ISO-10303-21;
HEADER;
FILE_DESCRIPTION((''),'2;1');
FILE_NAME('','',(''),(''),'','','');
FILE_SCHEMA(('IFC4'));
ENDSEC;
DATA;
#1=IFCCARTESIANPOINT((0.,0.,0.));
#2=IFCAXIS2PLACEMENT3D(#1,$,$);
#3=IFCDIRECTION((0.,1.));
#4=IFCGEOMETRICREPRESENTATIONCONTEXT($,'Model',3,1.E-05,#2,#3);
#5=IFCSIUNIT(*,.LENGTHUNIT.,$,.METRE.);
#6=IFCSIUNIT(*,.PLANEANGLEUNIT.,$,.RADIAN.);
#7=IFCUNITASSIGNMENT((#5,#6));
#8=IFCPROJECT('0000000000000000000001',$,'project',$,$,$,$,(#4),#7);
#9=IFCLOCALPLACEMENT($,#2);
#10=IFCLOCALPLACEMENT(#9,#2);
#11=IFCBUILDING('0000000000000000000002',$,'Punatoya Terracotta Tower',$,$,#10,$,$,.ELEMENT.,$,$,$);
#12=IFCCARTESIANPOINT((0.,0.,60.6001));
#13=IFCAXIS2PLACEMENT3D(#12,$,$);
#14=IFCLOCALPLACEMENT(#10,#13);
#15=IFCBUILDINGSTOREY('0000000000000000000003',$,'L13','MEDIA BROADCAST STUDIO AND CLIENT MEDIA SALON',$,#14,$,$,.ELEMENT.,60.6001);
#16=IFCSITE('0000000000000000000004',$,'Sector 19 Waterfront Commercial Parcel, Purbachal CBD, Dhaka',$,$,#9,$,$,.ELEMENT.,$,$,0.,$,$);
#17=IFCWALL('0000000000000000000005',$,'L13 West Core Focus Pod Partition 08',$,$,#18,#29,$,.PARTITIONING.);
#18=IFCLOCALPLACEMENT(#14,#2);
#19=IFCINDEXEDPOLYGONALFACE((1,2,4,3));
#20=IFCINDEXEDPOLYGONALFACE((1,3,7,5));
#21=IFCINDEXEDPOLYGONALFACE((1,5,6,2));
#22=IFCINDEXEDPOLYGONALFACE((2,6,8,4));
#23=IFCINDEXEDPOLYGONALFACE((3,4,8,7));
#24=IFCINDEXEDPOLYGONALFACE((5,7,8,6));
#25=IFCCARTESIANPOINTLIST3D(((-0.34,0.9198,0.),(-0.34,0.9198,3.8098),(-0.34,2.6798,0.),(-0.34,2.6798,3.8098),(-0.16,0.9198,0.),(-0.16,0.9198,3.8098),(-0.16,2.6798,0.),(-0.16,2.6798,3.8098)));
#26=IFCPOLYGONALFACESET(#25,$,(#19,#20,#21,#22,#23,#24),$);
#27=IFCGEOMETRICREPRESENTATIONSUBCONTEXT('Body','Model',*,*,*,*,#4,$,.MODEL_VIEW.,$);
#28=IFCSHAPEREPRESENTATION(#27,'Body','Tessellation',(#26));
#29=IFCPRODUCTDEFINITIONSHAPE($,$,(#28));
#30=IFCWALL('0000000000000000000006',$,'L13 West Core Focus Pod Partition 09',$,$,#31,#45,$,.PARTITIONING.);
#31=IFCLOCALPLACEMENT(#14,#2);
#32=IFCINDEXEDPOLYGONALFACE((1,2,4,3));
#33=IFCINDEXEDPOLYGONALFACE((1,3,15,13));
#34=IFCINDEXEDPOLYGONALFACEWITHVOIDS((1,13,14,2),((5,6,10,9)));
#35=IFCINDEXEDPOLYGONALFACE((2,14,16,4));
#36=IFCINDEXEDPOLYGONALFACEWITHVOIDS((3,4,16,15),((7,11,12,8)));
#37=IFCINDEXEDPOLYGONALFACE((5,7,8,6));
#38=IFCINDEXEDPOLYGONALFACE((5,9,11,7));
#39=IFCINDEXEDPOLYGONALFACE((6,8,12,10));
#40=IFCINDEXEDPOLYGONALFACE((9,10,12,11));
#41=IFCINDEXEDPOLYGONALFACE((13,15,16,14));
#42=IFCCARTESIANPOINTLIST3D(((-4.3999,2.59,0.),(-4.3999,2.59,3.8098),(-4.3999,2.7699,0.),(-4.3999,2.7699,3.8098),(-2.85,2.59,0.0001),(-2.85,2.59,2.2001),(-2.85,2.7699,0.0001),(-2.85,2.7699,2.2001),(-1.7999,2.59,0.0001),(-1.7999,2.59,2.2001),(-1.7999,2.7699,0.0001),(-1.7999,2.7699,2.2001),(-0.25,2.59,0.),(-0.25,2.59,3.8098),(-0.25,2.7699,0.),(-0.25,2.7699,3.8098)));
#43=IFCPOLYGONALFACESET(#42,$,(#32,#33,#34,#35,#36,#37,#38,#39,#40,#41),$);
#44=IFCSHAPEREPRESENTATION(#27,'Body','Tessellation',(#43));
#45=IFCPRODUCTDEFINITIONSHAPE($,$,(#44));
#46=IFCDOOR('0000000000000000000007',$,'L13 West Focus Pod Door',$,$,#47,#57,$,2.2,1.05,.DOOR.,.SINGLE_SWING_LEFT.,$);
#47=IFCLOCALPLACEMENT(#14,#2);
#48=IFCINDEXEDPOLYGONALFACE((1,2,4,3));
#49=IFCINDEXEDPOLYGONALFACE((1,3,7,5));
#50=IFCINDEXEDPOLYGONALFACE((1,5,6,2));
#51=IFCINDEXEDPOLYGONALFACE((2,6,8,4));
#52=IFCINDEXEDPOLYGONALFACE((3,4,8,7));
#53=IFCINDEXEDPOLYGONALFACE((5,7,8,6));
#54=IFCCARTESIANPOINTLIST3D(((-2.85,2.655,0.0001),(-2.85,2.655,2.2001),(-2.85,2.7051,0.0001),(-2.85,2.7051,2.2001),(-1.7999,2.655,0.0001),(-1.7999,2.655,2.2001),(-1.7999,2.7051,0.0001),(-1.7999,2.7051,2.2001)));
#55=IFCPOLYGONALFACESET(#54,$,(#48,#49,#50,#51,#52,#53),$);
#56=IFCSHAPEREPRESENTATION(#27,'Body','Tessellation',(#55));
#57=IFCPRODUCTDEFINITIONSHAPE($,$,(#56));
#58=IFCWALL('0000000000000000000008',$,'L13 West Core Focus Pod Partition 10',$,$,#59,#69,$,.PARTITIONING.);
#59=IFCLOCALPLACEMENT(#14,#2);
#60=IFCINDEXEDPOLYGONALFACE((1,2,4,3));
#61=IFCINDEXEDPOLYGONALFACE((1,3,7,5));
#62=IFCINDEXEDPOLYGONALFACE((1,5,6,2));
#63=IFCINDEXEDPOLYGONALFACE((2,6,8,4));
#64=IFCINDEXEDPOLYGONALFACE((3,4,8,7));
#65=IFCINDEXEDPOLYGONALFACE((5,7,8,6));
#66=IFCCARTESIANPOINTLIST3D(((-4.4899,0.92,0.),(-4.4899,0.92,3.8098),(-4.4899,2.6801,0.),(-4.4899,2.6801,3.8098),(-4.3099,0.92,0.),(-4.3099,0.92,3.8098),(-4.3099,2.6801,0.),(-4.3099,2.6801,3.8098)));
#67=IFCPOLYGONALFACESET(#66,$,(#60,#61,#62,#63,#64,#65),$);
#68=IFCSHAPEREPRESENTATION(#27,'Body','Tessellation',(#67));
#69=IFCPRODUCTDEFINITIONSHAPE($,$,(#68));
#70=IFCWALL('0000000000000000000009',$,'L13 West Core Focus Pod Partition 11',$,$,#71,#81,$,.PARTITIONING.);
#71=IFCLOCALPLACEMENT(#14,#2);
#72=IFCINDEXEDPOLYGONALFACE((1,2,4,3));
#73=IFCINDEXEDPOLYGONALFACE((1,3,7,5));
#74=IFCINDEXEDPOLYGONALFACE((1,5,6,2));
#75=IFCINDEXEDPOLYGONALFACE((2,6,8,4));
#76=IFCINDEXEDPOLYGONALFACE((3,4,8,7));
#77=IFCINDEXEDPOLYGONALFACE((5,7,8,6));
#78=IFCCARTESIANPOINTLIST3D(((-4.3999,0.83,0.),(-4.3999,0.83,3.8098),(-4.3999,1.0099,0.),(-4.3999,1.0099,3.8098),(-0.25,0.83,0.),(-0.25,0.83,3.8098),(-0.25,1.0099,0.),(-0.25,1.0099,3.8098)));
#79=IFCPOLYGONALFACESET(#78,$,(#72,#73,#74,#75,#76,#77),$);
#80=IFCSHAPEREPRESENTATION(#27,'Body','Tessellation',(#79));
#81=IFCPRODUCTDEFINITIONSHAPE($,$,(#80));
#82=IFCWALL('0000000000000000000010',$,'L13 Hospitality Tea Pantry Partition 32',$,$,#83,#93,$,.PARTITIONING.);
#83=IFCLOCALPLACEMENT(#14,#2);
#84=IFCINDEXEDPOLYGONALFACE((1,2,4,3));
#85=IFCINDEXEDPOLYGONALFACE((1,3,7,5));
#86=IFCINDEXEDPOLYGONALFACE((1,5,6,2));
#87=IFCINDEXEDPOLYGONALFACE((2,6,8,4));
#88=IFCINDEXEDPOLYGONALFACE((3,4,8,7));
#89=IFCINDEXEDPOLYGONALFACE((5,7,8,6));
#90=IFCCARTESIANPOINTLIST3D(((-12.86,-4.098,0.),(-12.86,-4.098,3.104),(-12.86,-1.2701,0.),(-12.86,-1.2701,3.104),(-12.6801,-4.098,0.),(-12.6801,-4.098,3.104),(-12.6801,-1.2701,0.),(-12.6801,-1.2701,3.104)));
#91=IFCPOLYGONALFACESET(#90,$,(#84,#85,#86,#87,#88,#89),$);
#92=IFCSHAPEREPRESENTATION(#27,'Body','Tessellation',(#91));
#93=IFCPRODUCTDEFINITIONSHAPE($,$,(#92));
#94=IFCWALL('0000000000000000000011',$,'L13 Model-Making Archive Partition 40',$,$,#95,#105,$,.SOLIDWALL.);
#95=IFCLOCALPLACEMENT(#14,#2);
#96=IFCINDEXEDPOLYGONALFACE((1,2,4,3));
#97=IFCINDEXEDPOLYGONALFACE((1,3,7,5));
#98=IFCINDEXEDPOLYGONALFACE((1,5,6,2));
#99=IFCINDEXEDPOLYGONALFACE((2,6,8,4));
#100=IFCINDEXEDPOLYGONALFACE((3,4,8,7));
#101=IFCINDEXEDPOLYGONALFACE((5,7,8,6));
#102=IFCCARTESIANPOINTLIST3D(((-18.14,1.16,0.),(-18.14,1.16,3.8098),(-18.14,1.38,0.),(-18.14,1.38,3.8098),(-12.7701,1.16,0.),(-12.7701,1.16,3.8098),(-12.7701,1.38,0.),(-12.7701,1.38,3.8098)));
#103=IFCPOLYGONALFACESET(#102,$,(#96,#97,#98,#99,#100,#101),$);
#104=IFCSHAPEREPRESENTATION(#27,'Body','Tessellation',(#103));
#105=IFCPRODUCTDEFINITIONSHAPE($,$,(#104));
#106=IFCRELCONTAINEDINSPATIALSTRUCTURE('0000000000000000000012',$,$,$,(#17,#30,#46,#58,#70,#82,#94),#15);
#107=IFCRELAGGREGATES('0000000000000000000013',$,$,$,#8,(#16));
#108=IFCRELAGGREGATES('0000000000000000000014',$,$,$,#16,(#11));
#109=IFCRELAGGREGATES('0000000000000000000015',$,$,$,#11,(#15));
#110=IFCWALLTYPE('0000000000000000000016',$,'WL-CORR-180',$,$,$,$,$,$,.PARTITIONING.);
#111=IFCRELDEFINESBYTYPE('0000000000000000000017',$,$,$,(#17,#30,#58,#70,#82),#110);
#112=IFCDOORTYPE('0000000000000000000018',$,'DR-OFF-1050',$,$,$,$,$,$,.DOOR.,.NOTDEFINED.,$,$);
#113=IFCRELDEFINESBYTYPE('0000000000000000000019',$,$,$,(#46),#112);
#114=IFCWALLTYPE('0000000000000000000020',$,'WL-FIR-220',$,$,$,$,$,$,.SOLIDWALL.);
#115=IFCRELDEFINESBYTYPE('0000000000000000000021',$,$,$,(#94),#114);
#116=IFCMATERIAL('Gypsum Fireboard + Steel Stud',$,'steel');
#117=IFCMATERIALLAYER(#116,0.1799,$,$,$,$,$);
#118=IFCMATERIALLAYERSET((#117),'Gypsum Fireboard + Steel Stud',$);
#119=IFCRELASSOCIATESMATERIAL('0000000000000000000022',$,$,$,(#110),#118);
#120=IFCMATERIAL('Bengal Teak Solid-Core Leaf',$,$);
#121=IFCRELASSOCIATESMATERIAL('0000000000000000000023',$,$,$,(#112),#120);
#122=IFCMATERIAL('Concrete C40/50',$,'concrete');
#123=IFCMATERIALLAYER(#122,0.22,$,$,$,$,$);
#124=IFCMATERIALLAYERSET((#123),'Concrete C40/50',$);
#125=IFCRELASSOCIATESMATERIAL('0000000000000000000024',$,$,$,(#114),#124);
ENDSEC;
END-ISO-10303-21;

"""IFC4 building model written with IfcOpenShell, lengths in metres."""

from ifc_helpers import new_model, si_unit, direction, frame, frame_2d, origin, place, context, subcontext, project, spatial, rectangle, extrude, material, layer, layer_set, type_object, element, fill, save


model = new_model("IFC4")

# Units and contexts
model_context = context("Model", 3, precision=1e-05, world=origin(), true_north=direction((0.0, 1.0)))
body_context = subcontext(model_context, "Body", "Model", "MODEL_VIEW")
ifc_project = project(units=[si_unit("LENGTHUNIT", "METRE"), si_unit("PLANEANGLEUNIT", "RADIAN")], contexts=[model_context])

# Site, building, storey
site_placement = place(None, origin())
site = spatial("IfcSite", under=ifc_project, at=site_placement, Name="Sector 19 Waterfront Commercial Parcel, Purbachal CBD, Dhaka", CompositionType="ELEMENT", RefElevation=0.0)
building_placement = place(site_placement, origin())
building = spatial("IfcBuilding", under=site, at=building_placement, Name="Punatoya Terracotta Tower", CompositionType="ELEMENT")
storey_placement = place(building_placement, frame((0.0, 0.0, 60.6001)))
storey = spatial("IfcBuildingStorey", under=building, at=storey_placement, Name="L13", Description="MEDIA BROADCAST STUDIO AND CLIENT MEDIA SALON", CompositionType="ELEMENT", Elevation=60.6001)

# Shared definitions
ifc_material_1 = material(Name="Concrete C40/50", Category="concrete")

# Wall
ifc_material_2 = material(Name="Gypsum Fireboard + Steel Stud", Category="steel")
ifc_layer_1 = layer(ifc_material_2, 0.1799)
ifc_layer_set_1 = layer_set([ifc_layer_1], Name="Gypsum Fireboard + Steel Stud")
wall_type_1 = type_object("IfcWallType", Name="WL-CORR-180", PredefinedType="PARTITIONING", material=ifc_layer_set_1)
wall_1_placement = place(storey_placement, frame((-0.25, 0.9199, 0.0), z_axis=(0.0, 0.0, 1.0), x_axis=(0.0, 1.0, 0.0)))
element("IfcWall", 1, at=wall_1_placement, inside=storey, type_object=wall_type_1, Name="L13 West Core Focus Pod Partition 08", PredefinedType="PARTITIONING", context=body_context, shape_type="SweptSolid", body=[
    extrude(rectangle(XDim=1.76, YDim=0.1799, at=frame_2d((0.8799, 0.0))), origin(), (0.0, 0.0, 1.0), 3.8098),
])

# Wall, opening, door
wall_2_placement = place(storey_placement, frame((-0.25, 2.6799, 0.0), z_axis=(0.0, 0.0, 1.0), x_axis=(-1.0, 0.0, 0.0)))
wall_2 = element("IfcWall", 2, at=wall_2_placement, inside=storey, type_object=wall_type_1, Name="L13 West Core Focus Pod Partition 09", PredefinedType="PARTITIONING", context=body_context, shape_type="SweptSolid", body=[
    extrude(rectangle(XDim=4.1499, YDim=0.1799, at=frame_2d((2.075, 0.0))), origin(), (0.0, 0.0, 1.0), 3.8098),
])
opening_1_placement = place(wall_2_placement, frame((1.55, 0.0, 0.0)))
opening_1 = element("IfcOpeningElement", 3, at=opening_1_placement, cuts=wall_2, PredefinedType="OPENING", context=body_context, shape_type="SweptSolid", body=[
    extrude(rectangle(XDim=1.05, YDim=2.2, at=frame_2d((0.5249, 1.1001))), frame((0.0, 0.0999, 0.0), z_axis=(0.0, -1.0, 0.0), x_axis=(1.0, 0.0, 0.0)), (0.0, 0.0, 1.0), 0.2),
])
ifc_material_3 = material(Name="Bengal Teak Solid-Core Leaf")
door_type_1 = type_object("IfcDoorType", Name="DR-OFF-1050", OperationType="NOTDEFINED", PredefinedType="DOOR", material=ifc_material_3)
door_1_placement = place(opening_1_placement, origin())
door_1 = element("IfcDoor", 4, at=door_1_placement, inside=storey, type_object=door_type_1, Name="L13 West Focus Pod Door", OperationType="SINGLE_SWING_LEFT", OverallHeight=2.2, OverallWidth=1.05, PredefinedType="DOOR", context=body_context, shape_type="SweptSolid", body=[
    extrude(rectangle(XDim=1.05, YDim=2.2, at=frame_2d((0.5249, 1.1001))), frame((0.0, 0.0249, 0.0), z_axis=(0.0, -1.0, 0.0), x_axis=(1.0, 0.0, 0.0)), (0.0, 0.0, 1.0), 0.05),
])
fill(opening_1, door_1)

# Walls
wall_3_placement = place(storey_placement, frame((-4.3999, 2.6799, 0.0), z_axis=(0.0, 0.0, 1.0), x_axis=(0.0, -1.0, 0.0)))
element("IfcWall", 5, at=wall_3_placement, inside=storey, type_object=wall_type_1, Name="L13 West Core Focus Pod Partition 10", PredefinedType="PARTITIONING", context=body_context, shape_type="SweptSolid", body=[
    extrude(rectangle(XDim=1.76, YDim=0.1799, at=frame_2d((0.8799, 0.0))), origin(), (0.0, 0.0, 1.0), 3.8098),
])
wall_4_placement = place(storey_placement, frame((-4.3999, 0.9199, 0.0), z_axis=(0.0, 0.0, 1.0), x_axis=(1.0, 0.0, 0.0)))
element("IfcWall", 6, at=wall_4_placement, inside=storey, type_object=wall_type_1, Name="L13 West Core Focus Pod Partition 11", PredefinedType="PARTITIONING", context=body_context, shape_type="SweptSolid", body=[
    extrude(rectangle(XDim=4.1499, YDim=0.1799, at=frame_2d((2.075, 0.0))), origin(), (0.0, 0.0, 1.0), 3.8098),
])
wall_5_placement = place(storey_placement, frame((-12.77, -1.27, 0.0), z_axis=(0.0, 0.0, 1.0), x_axis=(0.0, -1.0, 0.0)))
element("IfcWall", 7, at=wall_5_placement, inside=storey, type_object=wall_type_1, Name="L13 Hospitality Tea Pantry Partition 32", PredefinedType="PARTITIONING", context=body_context, shape_type="SweptSolid", body=[
    extrude(rectangle(XDim=2.8279, YDim=0.1799, at=frame_2d((1.4141, 0.0))), origin(), (0.0, 0.0, 1.0), 3.104),
])
ifc_layer_2 = layer(ifc_material_1, 0.22)
ifc_layer_set_2 = layer_set([ifc_layer_2], Name="Concrete C40/50")
wall_type_2 = type_object("IfcWallType", Name="WL-FIR-220", PredefinedType="SOLIDWALL", material=ifc_layer_set_2)
wall_6_placement = place(storey_placement, frame((-12.77, 1.27, 0.0), z_axis=(0.0, 0.0, 1.0), x_axis=(-1.0, 0.0, 0.0)))
element("IfcWall", 8, at=wall_6_placement, inside=storey, type_object=wall_type_2, Name="L13 Model-Making Archive Partition 40", PredefinedType="SOLIDWALL", context=body_context, shape_type="SweptSolid", body=[
    extrude(rectangle(XDim=5.3699, YDim=0.22, at=frame_2d((2.6851, 0.0))), origin(), (0.0, 0.0, 1.0), 3.8098),
])

save(model, "model.ifc")
